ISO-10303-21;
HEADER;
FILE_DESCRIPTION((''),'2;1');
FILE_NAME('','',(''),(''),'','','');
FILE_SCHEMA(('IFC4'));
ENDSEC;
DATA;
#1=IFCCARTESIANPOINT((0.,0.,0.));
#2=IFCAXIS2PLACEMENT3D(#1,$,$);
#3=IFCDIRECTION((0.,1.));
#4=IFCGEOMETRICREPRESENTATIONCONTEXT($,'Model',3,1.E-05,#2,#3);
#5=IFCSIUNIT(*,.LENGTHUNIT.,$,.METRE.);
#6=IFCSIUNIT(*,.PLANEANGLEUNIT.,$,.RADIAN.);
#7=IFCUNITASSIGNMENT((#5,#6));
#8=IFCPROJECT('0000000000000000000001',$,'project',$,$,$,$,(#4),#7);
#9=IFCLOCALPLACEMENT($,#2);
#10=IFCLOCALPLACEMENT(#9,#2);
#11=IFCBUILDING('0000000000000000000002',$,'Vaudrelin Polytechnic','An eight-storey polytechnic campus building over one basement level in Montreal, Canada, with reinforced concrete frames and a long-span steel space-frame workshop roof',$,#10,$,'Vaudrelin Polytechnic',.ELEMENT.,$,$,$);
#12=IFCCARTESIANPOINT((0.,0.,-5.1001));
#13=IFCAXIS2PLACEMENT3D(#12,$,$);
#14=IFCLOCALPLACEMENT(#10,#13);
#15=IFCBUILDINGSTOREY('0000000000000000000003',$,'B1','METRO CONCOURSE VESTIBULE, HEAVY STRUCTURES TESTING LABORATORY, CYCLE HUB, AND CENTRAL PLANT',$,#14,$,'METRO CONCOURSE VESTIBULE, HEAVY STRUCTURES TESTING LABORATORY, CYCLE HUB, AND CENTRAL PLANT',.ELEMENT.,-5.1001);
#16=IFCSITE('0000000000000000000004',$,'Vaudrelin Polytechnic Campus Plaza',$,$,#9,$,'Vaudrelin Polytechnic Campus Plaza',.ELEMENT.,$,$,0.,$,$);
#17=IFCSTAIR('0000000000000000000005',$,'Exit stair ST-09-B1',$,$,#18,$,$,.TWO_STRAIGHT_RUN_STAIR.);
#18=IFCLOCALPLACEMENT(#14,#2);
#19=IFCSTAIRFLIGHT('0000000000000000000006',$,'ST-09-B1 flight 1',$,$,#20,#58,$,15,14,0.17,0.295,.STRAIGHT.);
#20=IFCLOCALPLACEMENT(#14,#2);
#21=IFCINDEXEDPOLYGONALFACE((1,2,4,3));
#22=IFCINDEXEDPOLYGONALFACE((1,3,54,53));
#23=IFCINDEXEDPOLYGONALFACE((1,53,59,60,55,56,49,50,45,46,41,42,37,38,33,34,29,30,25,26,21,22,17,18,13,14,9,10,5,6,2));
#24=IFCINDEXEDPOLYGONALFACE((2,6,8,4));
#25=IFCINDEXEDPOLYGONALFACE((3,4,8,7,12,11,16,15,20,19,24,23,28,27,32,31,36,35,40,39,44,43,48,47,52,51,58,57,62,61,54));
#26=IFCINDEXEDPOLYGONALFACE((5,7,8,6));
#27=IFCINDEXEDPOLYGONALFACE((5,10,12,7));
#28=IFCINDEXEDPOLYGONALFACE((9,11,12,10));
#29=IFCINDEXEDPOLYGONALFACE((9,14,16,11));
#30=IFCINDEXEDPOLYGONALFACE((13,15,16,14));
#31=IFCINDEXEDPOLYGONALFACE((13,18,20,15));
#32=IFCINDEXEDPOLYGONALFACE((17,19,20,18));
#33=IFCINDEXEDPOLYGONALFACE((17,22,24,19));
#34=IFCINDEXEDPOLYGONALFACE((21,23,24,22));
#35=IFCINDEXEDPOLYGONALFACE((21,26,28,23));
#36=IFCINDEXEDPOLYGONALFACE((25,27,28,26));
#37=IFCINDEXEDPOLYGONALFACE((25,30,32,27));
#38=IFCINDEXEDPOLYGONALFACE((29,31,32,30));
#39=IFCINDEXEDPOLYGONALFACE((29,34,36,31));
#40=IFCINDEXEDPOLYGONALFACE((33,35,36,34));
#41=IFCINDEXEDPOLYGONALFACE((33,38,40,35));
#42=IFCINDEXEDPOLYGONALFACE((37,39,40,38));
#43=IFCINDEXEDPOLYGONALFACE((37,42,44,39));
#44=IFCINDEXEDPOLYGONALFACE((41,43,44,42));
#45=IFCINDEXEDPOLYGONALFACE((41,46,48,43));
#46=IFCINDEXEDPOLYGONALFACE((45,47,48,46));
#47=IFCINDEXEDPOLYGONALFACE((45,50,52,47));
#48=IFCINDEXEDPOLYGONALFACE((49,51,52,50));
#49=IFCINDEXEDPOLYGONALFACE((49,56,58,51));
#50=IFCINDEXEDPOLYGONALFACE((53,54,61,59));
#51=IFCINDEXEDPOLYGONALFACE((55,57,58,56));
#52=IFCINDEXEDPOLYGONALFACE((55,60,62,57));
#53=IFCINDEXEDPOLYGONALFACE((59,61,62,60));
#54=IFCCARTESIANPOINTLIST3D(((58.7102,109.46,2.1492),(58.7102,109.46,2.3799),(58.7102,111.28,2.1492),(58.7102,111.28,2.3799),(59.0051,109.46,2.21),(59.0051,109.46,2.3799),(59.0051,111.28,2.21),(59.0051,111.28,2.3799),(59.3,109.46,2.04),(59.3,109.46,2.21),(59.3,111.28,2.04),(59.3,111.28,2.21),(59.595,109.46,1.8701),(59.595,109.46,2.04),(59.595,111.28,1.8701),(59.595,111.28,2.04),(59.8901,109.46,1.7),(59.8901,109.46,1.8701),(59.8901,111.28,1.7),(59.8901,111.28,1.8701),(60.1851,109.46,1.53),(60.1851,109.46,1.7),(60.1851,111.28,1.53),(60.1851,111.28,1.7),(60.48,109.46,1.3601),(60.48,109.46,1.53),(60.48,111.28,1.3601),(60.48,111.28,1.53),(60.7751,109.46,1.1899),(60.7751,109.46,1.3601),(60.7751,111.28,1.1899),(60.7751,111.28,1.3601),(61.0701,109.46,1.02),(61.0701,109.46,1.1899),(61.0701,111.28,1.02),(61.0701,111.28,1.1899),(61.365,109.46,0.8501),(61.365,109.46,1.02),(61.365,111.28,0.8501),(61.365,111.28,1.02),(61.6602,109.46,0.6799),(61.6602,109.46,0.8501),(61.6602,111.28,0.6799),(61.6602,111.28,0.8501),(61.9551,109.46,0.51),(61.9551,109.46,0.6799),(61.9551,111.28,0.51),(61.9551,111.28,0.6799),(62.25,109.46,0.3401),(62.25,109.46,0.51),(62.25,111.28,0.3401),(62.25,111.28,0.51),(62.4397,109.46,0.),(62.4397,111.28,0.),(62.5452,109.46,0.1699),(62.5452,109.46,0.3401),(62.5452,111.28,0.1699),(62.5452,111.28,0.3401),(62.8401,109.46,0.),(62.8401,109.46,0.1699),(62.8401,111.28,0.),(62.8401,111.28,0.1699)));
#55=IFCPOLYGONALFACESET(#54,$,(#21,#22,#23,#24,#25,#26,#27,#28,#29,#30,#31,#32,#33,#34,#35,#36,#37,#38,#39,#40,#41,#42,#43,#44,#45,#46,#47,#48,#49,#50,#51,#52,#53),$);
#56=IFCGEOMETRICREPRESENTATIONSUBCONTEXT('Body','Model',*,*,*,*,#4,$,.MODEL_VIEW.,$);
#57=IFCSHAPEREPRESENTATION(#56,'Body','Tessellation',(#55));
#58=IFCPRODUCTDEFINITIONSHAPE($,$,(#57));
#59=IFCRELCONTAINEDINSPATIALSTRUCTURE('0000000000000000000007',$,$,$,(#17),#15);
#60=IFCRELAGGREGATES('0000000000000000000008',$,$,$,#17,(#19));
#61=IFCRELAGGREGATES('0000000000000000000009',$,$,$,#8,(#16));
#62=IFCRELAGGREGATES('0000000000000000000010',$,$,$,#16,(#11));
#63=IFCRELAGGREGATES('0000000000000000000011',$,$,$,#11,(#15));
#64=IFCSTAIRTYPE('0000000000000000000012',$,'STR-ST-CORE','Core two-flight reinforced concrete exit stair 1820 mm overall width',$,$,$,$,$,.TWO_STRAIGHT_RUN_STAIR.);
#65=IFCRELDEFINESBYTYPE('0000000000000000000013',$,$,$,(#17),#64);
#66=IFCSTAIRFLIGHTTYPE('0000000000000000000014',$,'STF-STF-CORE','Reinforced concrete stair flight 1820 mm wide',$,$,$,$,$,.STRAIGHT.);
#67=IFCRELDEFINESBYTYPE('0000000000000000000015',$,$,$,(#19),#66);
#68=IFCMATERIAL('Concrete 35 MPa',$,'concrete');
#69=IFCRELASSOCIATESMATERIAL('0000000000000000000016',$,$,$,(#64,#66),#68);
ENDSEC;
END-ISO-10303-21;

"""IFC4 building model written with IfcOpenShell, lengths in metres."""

from ifc_helpers import new_model, si_unit, direction, frame, origin, place, context, subcontext, project, spatial, polyline, outline, extrude, material, type_object, element, aggregate, save


model = new_model("IFC4")

# Units and contexts
model_context = context("Model", 3, precision=1e-05, world=origin(), true_north=direction((0.0, 1.0)))
body_context = subcontext(model_context, "Body", "Model", "MODEL_VIEW")
ifc_project = project(units=[si_unit("LENGTHUNIT", "METRE"), si_unit("PLANEANGLEUNIT", "RADIAN")], contexts=[model_context])

# Site, building, storey
site_placement = place(None, origin())
site = spatial("IfcSite", under=ifc_project, at=site_placement, Name="Vaudrelin Polytechnic Campus Plaza", LongName="Vaudrelin Polytechnic Campus Plaza", CompositionType="ELEMENT", RefElevation=0.0)
building_placement = place(site_placement, origin())
building = spatial("IfcBuilding", under=site, at=building_placement, Name="Vaudrelin Polytechnic", Description="An eight-storey polytechnic campus building over one basement level in Montreal, Canada, with reinforced concrete frames and a long-span steel space-frame workshop roof", LongName="Vaudrelin Polytechnic", CompositionType="ELEMENT")
storey_placement = place(building_placement, frame((0.0, 0.0, -5.1001)))
storey = spatial("IfcBuildingStorey", under=building, at=storey_placement, Name="B1", Description="METRO CONCOURSE VESTIBULE, HEAVY STRUCTURES TESTING LABORATORY, CYCLE HUB, AND CENTRAL PLANT", LongName="METRO CONCOURSE VESTIBULE, HEAVY STRUCTURES TESTING LABORATORY, CYCLE HUB, AND CENTRAL PLANT", CompositionType="ELEMENT", Elevation=-5.1001)

# Shared definitions
ifc_material_1 = material(Name="Concrete 35 MPa", Category="concrete")

# Stair, stair flight
stair_type = type_object("IfcStairType", Name="STR-ST-CORE", Description="Core two-flight reinforced concrete exit stair 1820 mm overall width", PredefinedType="TWO_STRAIGHT_RUN_STAIR", material=ifc_material_1)
stair_placement = place(storey_placement, origin())
stair = element("IfcStair", 1, at=stair_placement, inside=storey, type_object=stair_type, Name="Exit stair ST-09-B1", PredefinedType="TWO_STRAIGHT_RUN_STAIR")
stair_flight_type = type_object("IfcStairFlightType", Name="STF-STF-CORE", Description="Reinforced concrete stair flight 1820 mm wide", PredefinedType="STRAIGHT", material=ifc_material_1)
stair_flight_placement = place(storey_placement, frame((62.8401, 110.3701, 0.0), z_axis=(0.0, 0.0, 1.0), x_axis=(-1.0, 0.0, 0.0)))
stair_flight = element("IfcStairFlight", 2, at=stair_flight_placement, type_object=stair_flight_type, Name="ST-09-B1 flight 1", NumberOfRisers=15, NumberOfTreads=14, PredefinedType="STRAIGHT", RiserHeight=0.17, TreadLength=0.295, context=body_context, shape_type="SweptSolid", body=[
    extrude(outline(polyline([(0.0, 0.0), (0.0, 0.1699), (0.2949, 0.1699), (0.2949, 0.3401), (0.5901, 0.3401), (0.5901, 0.51), (0.885, 0.51), (0.885, 0.6799), (1.1799, 0.6799), (1.1799, 0.8501), (1.4751, 0.8501), (1.4751, 1.02), (1.77, 1.02), (1.77, 1.1899), (2.0649, 1.1899), (2.0649, 1.3601), (2.3601, 1.3601), (2.3601, 1.53), (2.655, 1.53), (2.655, 1.7), (2.95, 1.7), (2.95, 1.8701), (3.2451, 1.8701), (3.2451, 2.04), (3.54, 2.04), (3.54, 2.21), (3.835, 2.21), (3.835, 2.3799), (4.1299, 2.3799), (4.1299, 2.55), (4.1299, 2.1492), (0.4004, 0.0), (0.0, 0.0)])), frame((0.0, 0.9102, 0.0), z_axis=(0.0, -1.0, 0.0), x_axis=(1.0, 0.0, 0.0)), (0.0, 0.0, 1.0), 1.8201),
])
aggregate(stair, [stair_flight])

save(model, "model.ifc")
